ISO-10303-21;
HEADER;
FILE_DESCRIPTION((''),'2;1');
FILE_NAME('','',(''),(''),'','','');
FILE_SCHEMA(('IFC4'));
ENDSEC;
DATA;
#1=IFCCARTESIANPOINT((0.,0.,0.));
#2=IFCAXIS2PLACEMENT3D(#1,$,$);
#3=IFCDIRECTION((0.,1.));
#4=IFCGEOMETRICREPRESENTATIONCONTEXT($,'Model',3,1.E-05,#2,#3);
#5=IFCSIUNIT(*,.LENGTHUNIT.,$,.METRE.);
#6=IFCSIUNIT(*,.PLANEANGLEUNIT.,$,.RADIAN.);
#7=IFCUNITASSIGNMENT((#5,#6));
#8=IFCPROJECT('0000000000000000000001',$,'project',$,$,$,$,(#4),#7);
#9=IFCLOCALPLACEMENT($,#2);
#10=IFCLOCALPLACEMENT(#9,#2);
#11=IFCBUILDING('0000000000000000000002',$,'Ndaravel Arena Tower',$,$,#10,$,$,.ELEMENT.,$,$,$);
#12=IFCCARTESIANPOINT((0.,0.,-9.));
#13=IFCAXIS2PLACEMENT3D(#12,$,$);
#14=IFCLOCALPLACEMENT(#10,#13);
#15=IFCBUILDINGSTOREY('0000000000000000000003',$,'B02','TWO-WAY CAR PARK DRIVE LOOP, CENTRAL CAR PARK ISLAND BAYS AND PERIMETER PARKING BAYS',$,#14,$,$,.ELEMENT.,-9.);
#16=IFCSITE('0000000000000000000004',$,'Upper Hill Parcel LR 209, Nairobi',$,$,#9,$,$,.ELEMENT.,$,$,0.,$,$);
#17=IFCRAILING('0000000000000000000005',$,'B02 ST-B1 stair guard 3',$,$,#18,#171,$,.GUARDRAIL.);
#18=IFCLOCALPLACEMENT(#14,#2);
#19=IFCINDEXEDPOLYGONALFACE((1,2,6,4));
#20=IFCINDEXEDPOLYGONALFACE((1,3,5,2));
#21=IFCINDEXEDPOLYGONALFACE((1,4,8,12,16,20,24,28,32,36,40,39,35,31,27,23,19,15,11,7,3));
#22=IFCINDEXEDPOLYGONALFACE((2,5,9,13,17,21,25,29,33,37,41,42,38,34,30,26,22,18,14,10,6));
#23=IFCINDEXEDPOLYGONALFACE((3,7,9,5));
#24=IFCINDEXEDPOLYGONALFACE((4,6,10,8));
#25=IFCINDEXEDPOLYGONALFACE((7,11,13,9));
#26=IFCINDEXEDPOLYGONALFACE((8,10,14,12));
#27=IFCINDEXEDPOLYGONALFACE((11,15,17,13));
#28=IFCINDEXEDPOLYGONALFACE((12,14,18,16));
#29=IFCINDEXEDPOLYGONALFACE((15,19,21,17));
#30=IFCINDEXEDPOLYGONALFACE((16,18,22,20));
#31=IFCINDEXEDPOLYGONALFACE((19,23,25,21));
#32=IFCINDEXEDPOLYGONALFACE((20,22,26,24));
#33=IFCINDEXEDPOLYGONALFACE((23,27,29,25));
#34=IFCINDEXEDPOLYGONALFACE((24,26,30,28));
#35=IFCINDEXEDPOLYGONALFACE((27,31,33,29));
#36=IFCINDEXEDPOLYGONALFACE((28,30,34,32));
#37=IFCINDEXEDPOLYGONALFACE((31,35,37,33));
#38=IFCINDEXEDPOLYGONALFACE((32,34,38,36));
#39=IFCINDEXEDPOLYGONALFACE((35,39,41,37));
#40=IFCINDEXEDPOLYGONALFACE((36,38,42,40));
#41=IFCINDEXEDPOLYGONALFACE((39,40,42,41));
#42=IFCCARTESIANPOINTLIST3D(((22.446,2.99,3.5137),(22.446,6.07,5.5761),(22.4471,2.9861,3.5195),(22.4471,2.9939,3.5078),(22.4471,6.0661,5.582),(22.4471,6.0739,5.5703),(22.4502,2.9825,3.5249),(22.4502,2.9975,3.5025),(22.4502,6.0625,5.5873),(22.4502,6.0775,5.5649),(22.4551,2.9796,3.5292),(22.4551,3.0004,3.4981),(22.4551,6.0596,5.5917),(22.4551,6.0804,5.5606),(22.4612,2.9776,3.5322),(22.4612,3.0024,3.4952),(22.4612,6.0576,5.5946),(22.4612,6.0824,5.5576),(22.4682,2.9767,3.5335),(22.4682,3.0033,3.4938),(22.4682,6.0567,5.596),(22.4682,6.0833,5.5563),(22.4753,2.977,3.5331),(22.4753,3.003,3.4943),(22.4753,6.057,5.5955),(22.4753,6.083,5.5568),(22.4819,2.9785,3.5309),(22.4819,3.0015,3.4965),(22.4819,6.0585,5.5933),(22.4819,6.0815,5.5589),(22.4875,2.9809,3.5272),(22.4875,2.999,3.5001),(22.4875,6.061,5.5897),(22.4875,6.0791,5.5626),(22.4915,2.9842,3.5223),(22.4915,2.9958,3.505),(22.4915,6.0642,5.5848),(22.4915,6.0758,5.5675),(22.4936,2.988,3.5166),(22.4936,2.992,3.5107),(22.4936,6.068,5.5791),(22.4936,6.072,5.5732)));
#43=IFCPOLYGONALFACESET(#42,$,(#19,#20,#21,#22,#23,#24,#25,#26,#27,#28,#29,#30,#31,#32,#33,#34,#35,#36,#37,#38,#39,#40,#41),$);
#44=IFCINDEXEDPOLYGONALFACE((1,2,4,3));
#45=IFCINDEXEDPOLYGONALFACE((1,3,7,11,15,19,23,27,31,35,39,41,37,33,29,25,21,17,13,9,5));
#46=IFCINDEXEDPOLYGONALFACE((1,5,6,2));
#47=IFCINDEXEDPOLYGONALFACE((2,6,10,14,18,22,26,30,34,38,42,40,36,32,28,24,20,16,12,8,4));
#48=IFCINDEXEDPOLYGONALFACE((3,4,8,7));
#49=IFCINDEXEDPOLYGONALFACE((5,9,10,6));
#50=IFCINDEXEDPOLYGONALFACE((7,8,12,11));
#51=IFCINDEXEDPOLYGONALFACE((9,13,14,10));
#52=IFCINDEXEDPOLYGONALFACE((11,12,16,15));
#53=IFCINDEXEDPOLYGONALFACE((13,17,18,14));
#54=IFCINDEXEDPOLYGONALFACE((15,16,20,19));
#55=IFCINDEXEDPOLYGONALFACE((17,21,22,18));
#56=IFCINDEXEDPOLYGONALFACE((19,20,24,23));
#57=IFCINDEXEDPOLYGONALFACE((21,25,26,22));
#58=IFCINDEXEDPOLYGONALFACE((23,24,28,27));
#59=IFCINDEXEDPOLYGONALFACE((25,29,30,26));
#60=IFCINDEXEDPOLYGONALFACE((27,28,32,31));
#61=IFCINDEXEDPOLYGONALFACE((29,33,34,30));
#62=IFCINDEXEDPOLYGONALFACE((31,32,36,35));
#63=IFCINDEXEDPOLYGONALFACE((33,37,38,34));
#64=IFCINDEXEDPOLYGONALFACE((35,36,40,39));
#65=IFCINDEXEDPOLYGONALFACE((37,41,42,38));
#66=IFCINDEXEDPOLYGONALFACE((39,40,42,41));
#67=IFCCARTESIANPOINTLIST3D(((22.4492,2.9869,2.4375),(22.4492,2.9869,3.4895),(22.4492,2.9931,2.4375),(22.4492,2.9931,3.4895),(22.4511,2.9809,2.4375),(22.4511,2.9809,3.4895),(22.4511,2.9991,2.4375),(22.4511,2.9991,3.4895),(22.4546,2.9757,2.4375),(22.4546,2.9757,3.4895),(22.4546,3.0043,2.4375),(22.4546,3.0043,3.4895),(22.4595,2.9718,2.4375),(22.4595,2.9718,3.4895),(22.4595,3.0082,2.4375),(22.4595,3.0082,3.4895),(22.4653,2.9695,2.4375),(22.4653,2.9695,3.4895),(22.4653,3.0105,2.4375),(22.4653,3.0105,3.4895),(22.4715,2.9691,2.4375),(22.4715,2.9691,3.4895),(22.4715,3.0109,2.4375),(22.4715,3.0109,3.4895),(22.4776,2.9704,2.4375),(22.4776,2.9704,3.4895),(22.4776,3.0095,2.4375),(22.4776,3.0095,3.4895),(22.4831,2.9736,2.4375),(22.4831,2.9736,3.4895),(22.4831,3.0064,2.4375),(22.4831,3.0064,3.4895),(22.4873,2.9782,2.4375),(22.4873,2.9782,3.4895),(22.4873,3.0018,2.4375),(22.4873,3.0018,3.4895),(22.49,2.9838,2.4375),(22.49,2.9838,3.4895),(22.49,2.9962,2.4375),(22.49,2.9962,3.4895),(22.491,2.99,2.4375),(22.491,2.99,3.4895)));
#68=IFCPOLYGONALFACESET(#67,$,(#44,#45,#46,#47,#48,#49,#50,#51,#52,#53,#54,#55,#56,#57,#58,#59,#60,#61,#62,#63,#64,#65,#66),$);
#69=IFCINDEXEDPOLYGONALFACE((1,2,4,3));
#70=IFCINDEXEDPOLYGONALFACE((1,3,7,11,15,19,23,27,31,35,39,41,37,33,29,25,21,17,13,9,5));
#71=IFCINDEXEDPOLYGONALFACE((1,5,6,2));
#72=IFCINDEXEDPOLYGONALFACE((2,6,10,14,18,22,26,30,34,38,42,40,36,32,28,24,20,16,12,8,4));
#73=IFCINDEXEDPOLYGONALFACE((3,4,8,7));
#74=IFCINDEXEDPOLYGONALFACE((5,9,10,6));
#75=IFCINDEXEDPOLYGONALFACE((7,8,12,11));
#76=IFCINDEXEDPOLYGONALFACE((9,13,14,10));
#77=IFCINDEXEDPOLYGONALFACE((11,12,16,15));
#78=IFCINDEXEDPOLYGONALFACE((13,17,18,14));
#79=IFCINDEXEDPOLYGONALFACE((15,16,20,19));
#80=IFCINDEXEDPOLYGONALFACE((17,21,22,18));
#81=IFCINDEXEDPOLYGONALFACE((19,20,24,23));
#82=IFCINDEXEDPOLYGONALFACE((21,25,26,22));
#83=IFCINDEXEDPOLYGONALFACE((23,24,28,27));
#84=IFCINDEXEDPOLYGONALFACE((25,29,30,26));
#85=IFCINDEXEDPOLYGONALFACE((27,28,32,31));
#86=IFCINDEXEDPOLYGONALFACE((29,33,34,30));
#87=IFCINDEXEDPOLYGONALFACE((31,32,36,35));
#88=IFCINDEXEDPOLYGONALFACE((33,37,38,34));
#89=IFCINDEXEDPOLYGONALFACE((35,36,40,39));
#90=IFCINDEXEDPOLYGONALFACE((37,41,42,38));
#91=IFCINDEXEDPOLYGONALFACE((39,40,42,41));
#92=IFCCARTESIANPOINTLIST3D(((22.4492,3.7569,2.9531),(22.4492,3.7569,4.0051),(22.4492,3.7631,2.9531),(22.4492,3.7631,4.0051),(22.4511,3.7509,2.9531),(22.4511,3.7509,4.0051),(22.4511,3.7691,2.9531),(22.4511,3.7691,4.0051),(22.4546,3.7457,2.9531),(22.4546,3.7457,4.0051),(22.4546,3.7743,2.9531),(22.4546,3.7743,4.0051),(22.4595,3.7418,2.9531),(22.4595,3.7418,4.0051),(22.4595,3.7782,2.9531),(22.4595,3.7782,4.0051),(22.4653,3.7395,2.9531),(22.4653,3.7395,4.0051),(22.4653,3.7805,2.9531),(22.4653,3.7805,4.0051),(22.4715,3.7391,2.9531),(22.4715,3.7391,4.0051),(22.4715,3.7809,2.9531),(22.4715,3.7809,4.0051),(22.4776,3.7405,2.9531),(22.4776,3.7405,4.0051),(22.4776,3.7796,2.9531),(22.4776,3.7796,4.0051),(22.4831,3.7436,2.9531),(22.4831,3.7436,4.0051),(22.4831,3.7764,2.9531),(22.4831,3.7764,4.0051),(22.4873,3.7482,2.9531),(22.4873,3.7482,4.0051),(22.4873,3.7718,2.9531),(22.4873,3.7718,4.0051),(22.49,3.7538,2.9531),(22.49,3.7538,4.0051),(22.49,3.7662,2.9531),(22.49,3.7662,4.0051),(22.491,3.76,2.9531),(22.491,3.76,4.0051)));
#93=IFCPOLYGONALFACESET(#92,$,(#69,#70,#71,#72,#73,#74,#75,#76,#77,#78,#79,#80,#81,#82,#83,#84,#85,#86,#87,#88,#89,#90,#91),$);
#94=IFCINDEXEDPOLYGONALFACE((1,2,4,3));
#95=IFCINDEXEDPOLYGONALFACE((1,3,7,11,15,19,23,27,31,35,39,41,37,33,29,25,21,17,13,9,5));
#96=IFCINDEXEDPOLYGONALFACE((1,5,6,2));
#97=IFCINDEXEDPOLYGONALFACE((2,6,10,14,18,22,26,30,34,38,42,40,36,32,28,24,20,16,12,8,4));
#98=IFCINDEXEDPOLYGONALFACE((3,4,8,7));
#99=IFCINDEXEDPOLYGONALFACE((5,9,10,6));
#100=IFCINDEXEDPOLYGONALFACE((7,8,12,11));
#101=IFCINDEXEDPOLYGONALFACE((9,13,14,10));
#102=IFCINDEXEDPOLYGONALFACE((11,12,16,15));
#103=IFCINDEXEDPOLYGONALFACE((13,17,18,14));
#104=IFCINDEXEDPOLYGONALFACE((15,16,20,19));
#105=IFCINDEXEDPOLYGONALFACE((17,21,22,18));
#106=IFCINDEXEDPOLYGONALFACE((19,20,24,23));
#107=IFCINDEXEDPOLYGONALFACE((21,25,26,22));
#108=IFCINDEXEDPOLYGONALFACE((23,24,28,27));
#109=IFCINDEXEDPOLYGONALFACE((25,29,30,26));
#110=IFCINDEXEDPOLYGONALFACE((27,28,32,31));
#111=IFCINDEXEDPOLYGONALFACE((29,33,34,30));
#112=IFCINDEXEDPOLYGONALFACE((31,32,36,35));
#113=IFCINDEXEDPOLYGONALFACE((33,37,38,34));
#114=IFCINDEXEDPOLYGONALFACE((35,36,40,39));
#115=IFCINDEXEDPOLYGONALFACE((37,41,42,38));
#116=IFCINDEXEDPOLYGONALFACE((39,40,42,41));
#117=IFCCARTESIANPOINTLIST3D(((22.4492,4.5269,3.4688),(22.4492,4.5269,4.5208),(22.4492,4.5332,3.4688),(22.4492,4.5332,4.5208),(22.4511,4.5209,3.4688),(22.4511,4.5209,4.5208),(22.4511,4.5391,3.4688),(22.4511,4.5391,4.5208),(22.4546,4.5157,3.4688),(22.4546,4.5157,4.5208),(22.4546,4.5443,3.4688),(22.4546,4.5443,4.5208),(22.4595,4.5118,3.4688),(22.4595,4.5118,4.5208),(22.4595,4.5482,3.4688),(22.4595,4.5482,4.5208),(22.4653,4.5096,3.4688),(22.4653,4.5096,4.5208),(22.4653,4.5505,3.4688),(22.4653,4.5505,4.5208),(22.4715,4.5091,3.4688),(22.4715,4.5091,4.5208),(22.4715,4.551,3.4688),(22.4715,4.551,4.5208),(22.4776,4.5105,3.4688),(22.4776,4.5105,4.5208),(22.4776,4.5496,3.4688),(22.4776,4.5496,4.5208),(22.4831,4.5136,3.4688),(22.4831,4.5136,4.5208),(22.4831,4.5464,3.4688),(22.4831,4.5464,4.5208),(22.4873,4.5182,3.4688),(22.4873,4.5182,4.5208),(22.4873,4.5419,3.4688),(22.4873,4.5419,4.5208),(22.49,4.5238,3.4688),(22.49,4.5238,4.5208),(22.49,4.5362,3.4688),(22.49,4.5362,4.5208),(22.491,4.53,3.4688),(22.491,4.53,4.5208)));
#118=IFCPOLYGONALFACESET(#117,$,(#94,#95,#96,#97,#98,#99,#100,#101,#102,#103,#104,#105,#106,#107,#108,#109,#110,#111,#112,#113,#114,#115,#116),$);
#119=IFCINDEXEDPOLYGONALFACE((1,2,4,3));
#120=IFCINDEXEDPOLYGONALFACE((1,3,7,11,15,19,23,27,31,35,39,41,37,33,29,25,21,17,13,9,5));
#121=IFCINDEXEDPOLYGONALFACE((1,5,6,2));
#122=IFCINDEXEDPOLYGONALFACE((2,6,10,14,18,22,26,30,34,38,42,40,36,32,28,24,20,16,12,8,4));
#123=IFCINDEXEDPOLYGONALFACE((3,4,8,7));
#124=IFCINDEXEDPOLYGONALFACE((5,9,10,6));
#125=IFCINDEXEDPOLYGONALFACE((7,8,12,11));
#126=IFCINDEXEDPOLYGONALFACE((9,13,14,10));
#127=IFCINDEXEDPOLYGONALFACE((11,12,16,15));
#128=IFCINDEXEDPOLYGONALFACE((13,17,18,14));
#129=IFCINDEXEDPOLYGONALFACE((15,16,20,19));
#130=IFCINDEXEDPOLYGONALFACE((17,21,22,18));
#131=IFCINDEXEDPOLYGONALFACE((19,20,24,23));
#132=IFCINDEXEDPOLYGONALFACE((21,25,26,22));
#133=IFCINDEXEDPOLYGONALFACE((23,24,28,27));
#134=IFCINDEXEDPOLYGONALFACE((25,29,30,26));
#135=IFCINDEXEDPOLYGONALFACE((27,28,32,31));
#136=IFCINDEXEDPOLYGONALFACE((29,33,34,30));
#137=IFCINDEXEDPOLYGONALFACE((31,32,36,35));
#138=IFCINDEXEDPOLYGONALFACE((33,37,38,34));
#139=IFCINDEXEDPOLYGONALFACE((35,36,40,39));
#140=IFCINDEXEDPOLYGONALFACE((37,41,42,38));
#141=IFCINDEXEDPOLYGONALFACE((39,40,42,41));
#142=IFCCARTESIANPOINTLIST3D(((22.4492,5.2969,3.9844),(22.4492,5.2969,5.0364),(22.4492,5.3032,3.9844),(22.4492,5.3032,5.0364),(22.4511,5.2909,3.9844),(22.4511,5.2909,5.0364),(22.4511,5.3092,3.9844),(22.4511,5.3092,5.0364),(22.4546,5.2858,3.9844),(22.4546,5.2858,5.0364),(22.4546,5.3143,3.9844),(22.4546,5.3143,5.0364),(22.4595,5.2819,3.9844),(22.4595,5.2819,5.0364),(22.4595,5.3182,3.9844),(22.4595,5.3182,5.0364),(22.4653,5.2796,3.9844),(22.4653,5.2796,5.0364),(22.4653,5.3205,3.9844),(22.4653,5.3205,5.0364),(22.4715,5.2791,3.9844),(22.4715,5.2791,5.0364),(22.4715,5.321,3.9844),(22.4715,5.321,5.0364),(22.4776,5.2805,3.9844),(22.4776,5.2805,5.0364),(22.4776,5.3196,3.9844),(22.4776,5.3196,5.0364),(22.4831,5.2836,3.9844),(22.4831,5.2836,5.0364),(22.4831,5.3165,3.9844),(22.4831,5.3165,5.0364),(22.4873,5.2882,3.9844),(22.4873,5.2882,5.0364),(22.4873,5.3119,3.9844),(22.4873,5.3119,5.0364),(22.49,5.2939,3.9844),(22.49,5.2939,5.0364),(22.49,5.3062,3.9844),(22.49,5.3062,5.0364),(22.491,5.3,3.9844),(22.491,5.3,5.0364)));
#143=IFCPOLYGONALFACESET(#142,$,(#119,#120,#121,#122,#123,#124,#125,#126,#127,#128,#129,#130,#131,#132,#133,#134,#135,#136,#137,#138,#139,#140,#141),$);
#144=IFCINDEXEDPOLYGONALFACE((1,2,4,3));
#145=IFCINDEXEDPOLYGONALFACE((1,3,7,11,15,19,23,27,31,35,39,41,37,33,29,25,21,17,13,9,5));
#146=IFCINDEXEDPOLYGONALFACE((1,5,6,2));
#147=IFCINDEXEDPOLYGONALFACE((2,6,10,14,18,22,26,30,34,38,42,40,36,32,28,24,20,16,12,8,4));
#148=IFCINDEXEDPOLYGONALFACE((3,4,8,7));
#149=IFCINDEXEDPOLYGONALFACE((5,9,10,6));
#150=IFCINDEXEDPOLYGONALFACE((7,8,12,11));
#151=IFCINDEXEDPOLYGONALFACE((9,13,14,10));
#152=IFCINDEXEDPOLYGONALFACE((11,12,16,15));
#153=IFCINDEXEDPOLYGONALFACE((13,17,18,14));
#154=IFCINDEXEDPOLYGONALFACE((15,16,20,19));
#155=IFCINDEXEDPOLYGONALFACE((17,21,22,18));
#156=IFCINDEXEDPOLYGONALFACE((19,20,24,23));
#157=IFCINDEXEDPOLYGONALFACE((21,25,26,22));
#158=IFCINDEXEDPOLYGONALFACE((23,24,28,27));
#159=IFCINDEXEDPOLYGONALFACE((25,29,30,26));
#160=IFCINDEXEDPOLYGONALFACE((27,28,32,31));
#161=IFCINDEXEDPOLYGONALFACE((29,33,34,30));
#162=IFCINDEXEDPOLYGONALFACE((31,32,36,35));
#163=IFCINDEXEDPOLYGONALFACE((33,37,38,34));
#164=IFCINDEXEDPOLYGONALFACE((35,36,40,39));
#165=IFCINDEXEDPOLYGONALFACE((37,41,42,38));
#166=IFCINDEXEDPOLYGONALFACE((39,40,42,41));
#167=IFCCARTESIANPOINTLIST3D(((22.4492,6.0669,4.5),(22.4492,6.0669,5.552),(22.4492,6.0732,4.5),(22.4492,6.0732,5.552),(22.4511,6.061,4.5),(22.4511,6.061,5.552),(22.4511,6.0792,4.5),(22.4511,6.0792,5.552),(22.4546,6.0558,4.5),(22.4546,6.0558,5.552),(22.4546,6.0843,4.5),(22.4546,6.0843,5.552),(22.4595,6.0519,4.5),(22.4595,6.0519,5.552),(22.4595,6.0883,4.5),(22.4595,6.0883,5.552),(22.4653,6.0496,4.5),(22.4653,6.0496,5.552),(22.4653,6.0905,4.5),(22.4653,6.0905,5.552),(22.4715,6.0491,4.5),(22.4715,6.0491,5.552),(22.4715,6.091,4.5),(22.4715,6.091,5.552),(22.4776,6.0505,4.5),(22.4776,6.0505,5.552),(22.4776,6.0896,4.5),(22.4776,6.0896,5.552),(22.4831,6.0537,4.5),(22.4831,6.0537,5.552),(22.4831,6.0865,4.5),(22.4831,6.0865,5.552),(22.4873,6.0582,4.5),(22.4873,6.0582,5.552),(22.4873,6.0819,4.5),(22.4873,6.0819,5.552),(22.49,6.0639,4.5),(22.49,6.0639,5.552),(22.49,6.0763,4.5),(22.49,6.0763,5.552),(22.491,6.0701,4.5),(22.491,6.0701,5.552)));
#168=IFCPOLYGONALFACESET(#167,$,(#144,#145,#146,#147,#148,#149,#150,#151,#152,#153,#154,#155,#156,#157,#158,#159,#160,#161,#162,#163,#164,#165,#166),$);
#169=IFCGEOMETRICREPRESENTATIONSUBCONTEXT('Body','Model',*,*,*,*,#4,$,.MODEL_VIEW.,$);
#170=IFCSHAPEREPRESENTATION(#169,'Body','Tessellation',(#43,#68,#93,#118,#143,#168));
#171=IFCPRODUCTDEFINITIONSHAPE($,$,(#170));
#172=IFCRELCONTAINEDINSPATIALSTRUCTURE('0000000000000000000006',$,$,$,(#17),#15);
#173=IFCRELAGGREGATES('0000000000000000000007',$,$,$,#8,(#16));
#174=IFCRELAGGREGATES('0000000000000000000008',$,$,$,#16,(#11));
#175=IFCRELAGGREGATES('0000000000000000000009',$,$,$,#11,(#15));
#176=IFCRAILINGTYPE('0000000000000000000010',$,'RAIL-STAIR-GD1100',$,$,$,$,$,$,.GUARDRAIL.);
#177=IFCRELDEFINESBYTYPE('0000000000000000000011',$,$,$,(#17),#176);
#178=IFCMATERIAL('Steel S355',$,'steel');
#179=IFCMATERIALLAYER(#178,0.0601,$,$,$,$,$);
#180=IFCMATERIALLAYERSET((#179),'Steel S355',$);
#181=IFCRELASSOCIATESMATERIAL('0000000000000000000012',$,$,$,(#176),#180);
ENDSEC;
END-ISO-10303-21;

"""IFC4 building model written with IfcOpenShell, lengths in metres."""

from ifc_helpers import new_model, si_unit, direction, frame, origin, origin_2d, place, context, subcontext, project, spatial, circle, extrude, material, layer, layer_set, type_object, element, save


model = new_model("IFC4")

# Units and contexts
model_context = context("Model", 3, precision=1e-05, world=origin(), true_north=direction((0.0, 1.0)))
body_context = subcontext(model_context, "Body", "Model", "MODEL_VIEW")
ifc_project = project(units=[si_unit("LENGTHUNIT", "METRE"), si_unit("PLANEANGLEUNIT", "RADIAN")], contexts=[model_context])

# Site, building, storey
site_placement = place(None, origin())
site = spatial("IfcSite", under=ifc_project, at=site_placement, Name="Upper Hill Parcel LR 209, Nairobi", CompositionType="ELEMENT", RefElevation=0.0)
building_placement = place(site_placement, origin())
building = spatial("IfcBuilding", under=site, at=building_placement, Name="Ndaravel Arena Tower", CompositionType="ELEMENT")
storey_placement = place(building_placement, frame((0.0, 0.0, -9.0)))
storey = spatial("IfcBuildingStorey", under=building, at=storey_placement, Name="B02", Description="TWO-WAY CAR PARK DRIVE LOOP, CENTRAL CAR PARK ISLAND BAYS AND PERIMETER PARKING BAYS", CompositionType="ELEMENT", Elevation=-9.0)

# Railing
ifc_material_1 = material(Name="Steel S355", Category="steel")
ifc_layer_1 = layer(ifc_material_1, 0.0601)
ifc_layer_set_1 = layer_set([ifc_layer_1], Name="Steel S355")
railing_type_1 = type_object("IfcRailingType", Name="RAIL-STAIR-GD1100", PredefinedType="GUARDRAIL", material=ifc_layer_set_1)
railing_1_placement = place(storey_placement, frame((22.47, 2.99, 2.4375)))
element("IfcRailing", 1, at=railing_1_placement, inside=storey, type_object=railing_type_1, Name="B02 ST-B1 stair guard 3", PredefinedType="GUARDRAIL", context=body_context, shape_type="SweptSolid", body=[
    extrude(circle(Radius=0.0239, at=origin_2d()), frame((0.0, 0.0, 1.0762), z_axis=(0.0, 0.830914, 0.556401), x_axis=(-1.0, 0.0, 0.0)), (0.0, 0.0, 1.0), 3.7068),
    extrude(circle(Radius=0.021, at=origin_2d()), origin(), (0.0, 0.0, 1.0), 1.052),
    extrude(circle(Radius=0.021, at=origin_2d()), frame((0.0, 0.77, 0.5156)), (0.0, 0.0, 1.0), 1.052),
    extrude(circle(Radius=0.021, at=origin_2d()), frame((0.0, 1.54, 1.0312)), (0.0, 0.0, 1.0), 1.052),
    extrude(circle(Radius=0.021, at=origin_2d()), frame((0.0, 2.3101, 1.5469)), (0.0, 0.0, 1.0), 1.052),
    extrude(circle(Radius=0.021, at=origin_2d()), frame((0.0, 3.0801, 2.0625)), (0.0, 0.0, 1.0), 1.052),
])

save(model, "model.ifc")
